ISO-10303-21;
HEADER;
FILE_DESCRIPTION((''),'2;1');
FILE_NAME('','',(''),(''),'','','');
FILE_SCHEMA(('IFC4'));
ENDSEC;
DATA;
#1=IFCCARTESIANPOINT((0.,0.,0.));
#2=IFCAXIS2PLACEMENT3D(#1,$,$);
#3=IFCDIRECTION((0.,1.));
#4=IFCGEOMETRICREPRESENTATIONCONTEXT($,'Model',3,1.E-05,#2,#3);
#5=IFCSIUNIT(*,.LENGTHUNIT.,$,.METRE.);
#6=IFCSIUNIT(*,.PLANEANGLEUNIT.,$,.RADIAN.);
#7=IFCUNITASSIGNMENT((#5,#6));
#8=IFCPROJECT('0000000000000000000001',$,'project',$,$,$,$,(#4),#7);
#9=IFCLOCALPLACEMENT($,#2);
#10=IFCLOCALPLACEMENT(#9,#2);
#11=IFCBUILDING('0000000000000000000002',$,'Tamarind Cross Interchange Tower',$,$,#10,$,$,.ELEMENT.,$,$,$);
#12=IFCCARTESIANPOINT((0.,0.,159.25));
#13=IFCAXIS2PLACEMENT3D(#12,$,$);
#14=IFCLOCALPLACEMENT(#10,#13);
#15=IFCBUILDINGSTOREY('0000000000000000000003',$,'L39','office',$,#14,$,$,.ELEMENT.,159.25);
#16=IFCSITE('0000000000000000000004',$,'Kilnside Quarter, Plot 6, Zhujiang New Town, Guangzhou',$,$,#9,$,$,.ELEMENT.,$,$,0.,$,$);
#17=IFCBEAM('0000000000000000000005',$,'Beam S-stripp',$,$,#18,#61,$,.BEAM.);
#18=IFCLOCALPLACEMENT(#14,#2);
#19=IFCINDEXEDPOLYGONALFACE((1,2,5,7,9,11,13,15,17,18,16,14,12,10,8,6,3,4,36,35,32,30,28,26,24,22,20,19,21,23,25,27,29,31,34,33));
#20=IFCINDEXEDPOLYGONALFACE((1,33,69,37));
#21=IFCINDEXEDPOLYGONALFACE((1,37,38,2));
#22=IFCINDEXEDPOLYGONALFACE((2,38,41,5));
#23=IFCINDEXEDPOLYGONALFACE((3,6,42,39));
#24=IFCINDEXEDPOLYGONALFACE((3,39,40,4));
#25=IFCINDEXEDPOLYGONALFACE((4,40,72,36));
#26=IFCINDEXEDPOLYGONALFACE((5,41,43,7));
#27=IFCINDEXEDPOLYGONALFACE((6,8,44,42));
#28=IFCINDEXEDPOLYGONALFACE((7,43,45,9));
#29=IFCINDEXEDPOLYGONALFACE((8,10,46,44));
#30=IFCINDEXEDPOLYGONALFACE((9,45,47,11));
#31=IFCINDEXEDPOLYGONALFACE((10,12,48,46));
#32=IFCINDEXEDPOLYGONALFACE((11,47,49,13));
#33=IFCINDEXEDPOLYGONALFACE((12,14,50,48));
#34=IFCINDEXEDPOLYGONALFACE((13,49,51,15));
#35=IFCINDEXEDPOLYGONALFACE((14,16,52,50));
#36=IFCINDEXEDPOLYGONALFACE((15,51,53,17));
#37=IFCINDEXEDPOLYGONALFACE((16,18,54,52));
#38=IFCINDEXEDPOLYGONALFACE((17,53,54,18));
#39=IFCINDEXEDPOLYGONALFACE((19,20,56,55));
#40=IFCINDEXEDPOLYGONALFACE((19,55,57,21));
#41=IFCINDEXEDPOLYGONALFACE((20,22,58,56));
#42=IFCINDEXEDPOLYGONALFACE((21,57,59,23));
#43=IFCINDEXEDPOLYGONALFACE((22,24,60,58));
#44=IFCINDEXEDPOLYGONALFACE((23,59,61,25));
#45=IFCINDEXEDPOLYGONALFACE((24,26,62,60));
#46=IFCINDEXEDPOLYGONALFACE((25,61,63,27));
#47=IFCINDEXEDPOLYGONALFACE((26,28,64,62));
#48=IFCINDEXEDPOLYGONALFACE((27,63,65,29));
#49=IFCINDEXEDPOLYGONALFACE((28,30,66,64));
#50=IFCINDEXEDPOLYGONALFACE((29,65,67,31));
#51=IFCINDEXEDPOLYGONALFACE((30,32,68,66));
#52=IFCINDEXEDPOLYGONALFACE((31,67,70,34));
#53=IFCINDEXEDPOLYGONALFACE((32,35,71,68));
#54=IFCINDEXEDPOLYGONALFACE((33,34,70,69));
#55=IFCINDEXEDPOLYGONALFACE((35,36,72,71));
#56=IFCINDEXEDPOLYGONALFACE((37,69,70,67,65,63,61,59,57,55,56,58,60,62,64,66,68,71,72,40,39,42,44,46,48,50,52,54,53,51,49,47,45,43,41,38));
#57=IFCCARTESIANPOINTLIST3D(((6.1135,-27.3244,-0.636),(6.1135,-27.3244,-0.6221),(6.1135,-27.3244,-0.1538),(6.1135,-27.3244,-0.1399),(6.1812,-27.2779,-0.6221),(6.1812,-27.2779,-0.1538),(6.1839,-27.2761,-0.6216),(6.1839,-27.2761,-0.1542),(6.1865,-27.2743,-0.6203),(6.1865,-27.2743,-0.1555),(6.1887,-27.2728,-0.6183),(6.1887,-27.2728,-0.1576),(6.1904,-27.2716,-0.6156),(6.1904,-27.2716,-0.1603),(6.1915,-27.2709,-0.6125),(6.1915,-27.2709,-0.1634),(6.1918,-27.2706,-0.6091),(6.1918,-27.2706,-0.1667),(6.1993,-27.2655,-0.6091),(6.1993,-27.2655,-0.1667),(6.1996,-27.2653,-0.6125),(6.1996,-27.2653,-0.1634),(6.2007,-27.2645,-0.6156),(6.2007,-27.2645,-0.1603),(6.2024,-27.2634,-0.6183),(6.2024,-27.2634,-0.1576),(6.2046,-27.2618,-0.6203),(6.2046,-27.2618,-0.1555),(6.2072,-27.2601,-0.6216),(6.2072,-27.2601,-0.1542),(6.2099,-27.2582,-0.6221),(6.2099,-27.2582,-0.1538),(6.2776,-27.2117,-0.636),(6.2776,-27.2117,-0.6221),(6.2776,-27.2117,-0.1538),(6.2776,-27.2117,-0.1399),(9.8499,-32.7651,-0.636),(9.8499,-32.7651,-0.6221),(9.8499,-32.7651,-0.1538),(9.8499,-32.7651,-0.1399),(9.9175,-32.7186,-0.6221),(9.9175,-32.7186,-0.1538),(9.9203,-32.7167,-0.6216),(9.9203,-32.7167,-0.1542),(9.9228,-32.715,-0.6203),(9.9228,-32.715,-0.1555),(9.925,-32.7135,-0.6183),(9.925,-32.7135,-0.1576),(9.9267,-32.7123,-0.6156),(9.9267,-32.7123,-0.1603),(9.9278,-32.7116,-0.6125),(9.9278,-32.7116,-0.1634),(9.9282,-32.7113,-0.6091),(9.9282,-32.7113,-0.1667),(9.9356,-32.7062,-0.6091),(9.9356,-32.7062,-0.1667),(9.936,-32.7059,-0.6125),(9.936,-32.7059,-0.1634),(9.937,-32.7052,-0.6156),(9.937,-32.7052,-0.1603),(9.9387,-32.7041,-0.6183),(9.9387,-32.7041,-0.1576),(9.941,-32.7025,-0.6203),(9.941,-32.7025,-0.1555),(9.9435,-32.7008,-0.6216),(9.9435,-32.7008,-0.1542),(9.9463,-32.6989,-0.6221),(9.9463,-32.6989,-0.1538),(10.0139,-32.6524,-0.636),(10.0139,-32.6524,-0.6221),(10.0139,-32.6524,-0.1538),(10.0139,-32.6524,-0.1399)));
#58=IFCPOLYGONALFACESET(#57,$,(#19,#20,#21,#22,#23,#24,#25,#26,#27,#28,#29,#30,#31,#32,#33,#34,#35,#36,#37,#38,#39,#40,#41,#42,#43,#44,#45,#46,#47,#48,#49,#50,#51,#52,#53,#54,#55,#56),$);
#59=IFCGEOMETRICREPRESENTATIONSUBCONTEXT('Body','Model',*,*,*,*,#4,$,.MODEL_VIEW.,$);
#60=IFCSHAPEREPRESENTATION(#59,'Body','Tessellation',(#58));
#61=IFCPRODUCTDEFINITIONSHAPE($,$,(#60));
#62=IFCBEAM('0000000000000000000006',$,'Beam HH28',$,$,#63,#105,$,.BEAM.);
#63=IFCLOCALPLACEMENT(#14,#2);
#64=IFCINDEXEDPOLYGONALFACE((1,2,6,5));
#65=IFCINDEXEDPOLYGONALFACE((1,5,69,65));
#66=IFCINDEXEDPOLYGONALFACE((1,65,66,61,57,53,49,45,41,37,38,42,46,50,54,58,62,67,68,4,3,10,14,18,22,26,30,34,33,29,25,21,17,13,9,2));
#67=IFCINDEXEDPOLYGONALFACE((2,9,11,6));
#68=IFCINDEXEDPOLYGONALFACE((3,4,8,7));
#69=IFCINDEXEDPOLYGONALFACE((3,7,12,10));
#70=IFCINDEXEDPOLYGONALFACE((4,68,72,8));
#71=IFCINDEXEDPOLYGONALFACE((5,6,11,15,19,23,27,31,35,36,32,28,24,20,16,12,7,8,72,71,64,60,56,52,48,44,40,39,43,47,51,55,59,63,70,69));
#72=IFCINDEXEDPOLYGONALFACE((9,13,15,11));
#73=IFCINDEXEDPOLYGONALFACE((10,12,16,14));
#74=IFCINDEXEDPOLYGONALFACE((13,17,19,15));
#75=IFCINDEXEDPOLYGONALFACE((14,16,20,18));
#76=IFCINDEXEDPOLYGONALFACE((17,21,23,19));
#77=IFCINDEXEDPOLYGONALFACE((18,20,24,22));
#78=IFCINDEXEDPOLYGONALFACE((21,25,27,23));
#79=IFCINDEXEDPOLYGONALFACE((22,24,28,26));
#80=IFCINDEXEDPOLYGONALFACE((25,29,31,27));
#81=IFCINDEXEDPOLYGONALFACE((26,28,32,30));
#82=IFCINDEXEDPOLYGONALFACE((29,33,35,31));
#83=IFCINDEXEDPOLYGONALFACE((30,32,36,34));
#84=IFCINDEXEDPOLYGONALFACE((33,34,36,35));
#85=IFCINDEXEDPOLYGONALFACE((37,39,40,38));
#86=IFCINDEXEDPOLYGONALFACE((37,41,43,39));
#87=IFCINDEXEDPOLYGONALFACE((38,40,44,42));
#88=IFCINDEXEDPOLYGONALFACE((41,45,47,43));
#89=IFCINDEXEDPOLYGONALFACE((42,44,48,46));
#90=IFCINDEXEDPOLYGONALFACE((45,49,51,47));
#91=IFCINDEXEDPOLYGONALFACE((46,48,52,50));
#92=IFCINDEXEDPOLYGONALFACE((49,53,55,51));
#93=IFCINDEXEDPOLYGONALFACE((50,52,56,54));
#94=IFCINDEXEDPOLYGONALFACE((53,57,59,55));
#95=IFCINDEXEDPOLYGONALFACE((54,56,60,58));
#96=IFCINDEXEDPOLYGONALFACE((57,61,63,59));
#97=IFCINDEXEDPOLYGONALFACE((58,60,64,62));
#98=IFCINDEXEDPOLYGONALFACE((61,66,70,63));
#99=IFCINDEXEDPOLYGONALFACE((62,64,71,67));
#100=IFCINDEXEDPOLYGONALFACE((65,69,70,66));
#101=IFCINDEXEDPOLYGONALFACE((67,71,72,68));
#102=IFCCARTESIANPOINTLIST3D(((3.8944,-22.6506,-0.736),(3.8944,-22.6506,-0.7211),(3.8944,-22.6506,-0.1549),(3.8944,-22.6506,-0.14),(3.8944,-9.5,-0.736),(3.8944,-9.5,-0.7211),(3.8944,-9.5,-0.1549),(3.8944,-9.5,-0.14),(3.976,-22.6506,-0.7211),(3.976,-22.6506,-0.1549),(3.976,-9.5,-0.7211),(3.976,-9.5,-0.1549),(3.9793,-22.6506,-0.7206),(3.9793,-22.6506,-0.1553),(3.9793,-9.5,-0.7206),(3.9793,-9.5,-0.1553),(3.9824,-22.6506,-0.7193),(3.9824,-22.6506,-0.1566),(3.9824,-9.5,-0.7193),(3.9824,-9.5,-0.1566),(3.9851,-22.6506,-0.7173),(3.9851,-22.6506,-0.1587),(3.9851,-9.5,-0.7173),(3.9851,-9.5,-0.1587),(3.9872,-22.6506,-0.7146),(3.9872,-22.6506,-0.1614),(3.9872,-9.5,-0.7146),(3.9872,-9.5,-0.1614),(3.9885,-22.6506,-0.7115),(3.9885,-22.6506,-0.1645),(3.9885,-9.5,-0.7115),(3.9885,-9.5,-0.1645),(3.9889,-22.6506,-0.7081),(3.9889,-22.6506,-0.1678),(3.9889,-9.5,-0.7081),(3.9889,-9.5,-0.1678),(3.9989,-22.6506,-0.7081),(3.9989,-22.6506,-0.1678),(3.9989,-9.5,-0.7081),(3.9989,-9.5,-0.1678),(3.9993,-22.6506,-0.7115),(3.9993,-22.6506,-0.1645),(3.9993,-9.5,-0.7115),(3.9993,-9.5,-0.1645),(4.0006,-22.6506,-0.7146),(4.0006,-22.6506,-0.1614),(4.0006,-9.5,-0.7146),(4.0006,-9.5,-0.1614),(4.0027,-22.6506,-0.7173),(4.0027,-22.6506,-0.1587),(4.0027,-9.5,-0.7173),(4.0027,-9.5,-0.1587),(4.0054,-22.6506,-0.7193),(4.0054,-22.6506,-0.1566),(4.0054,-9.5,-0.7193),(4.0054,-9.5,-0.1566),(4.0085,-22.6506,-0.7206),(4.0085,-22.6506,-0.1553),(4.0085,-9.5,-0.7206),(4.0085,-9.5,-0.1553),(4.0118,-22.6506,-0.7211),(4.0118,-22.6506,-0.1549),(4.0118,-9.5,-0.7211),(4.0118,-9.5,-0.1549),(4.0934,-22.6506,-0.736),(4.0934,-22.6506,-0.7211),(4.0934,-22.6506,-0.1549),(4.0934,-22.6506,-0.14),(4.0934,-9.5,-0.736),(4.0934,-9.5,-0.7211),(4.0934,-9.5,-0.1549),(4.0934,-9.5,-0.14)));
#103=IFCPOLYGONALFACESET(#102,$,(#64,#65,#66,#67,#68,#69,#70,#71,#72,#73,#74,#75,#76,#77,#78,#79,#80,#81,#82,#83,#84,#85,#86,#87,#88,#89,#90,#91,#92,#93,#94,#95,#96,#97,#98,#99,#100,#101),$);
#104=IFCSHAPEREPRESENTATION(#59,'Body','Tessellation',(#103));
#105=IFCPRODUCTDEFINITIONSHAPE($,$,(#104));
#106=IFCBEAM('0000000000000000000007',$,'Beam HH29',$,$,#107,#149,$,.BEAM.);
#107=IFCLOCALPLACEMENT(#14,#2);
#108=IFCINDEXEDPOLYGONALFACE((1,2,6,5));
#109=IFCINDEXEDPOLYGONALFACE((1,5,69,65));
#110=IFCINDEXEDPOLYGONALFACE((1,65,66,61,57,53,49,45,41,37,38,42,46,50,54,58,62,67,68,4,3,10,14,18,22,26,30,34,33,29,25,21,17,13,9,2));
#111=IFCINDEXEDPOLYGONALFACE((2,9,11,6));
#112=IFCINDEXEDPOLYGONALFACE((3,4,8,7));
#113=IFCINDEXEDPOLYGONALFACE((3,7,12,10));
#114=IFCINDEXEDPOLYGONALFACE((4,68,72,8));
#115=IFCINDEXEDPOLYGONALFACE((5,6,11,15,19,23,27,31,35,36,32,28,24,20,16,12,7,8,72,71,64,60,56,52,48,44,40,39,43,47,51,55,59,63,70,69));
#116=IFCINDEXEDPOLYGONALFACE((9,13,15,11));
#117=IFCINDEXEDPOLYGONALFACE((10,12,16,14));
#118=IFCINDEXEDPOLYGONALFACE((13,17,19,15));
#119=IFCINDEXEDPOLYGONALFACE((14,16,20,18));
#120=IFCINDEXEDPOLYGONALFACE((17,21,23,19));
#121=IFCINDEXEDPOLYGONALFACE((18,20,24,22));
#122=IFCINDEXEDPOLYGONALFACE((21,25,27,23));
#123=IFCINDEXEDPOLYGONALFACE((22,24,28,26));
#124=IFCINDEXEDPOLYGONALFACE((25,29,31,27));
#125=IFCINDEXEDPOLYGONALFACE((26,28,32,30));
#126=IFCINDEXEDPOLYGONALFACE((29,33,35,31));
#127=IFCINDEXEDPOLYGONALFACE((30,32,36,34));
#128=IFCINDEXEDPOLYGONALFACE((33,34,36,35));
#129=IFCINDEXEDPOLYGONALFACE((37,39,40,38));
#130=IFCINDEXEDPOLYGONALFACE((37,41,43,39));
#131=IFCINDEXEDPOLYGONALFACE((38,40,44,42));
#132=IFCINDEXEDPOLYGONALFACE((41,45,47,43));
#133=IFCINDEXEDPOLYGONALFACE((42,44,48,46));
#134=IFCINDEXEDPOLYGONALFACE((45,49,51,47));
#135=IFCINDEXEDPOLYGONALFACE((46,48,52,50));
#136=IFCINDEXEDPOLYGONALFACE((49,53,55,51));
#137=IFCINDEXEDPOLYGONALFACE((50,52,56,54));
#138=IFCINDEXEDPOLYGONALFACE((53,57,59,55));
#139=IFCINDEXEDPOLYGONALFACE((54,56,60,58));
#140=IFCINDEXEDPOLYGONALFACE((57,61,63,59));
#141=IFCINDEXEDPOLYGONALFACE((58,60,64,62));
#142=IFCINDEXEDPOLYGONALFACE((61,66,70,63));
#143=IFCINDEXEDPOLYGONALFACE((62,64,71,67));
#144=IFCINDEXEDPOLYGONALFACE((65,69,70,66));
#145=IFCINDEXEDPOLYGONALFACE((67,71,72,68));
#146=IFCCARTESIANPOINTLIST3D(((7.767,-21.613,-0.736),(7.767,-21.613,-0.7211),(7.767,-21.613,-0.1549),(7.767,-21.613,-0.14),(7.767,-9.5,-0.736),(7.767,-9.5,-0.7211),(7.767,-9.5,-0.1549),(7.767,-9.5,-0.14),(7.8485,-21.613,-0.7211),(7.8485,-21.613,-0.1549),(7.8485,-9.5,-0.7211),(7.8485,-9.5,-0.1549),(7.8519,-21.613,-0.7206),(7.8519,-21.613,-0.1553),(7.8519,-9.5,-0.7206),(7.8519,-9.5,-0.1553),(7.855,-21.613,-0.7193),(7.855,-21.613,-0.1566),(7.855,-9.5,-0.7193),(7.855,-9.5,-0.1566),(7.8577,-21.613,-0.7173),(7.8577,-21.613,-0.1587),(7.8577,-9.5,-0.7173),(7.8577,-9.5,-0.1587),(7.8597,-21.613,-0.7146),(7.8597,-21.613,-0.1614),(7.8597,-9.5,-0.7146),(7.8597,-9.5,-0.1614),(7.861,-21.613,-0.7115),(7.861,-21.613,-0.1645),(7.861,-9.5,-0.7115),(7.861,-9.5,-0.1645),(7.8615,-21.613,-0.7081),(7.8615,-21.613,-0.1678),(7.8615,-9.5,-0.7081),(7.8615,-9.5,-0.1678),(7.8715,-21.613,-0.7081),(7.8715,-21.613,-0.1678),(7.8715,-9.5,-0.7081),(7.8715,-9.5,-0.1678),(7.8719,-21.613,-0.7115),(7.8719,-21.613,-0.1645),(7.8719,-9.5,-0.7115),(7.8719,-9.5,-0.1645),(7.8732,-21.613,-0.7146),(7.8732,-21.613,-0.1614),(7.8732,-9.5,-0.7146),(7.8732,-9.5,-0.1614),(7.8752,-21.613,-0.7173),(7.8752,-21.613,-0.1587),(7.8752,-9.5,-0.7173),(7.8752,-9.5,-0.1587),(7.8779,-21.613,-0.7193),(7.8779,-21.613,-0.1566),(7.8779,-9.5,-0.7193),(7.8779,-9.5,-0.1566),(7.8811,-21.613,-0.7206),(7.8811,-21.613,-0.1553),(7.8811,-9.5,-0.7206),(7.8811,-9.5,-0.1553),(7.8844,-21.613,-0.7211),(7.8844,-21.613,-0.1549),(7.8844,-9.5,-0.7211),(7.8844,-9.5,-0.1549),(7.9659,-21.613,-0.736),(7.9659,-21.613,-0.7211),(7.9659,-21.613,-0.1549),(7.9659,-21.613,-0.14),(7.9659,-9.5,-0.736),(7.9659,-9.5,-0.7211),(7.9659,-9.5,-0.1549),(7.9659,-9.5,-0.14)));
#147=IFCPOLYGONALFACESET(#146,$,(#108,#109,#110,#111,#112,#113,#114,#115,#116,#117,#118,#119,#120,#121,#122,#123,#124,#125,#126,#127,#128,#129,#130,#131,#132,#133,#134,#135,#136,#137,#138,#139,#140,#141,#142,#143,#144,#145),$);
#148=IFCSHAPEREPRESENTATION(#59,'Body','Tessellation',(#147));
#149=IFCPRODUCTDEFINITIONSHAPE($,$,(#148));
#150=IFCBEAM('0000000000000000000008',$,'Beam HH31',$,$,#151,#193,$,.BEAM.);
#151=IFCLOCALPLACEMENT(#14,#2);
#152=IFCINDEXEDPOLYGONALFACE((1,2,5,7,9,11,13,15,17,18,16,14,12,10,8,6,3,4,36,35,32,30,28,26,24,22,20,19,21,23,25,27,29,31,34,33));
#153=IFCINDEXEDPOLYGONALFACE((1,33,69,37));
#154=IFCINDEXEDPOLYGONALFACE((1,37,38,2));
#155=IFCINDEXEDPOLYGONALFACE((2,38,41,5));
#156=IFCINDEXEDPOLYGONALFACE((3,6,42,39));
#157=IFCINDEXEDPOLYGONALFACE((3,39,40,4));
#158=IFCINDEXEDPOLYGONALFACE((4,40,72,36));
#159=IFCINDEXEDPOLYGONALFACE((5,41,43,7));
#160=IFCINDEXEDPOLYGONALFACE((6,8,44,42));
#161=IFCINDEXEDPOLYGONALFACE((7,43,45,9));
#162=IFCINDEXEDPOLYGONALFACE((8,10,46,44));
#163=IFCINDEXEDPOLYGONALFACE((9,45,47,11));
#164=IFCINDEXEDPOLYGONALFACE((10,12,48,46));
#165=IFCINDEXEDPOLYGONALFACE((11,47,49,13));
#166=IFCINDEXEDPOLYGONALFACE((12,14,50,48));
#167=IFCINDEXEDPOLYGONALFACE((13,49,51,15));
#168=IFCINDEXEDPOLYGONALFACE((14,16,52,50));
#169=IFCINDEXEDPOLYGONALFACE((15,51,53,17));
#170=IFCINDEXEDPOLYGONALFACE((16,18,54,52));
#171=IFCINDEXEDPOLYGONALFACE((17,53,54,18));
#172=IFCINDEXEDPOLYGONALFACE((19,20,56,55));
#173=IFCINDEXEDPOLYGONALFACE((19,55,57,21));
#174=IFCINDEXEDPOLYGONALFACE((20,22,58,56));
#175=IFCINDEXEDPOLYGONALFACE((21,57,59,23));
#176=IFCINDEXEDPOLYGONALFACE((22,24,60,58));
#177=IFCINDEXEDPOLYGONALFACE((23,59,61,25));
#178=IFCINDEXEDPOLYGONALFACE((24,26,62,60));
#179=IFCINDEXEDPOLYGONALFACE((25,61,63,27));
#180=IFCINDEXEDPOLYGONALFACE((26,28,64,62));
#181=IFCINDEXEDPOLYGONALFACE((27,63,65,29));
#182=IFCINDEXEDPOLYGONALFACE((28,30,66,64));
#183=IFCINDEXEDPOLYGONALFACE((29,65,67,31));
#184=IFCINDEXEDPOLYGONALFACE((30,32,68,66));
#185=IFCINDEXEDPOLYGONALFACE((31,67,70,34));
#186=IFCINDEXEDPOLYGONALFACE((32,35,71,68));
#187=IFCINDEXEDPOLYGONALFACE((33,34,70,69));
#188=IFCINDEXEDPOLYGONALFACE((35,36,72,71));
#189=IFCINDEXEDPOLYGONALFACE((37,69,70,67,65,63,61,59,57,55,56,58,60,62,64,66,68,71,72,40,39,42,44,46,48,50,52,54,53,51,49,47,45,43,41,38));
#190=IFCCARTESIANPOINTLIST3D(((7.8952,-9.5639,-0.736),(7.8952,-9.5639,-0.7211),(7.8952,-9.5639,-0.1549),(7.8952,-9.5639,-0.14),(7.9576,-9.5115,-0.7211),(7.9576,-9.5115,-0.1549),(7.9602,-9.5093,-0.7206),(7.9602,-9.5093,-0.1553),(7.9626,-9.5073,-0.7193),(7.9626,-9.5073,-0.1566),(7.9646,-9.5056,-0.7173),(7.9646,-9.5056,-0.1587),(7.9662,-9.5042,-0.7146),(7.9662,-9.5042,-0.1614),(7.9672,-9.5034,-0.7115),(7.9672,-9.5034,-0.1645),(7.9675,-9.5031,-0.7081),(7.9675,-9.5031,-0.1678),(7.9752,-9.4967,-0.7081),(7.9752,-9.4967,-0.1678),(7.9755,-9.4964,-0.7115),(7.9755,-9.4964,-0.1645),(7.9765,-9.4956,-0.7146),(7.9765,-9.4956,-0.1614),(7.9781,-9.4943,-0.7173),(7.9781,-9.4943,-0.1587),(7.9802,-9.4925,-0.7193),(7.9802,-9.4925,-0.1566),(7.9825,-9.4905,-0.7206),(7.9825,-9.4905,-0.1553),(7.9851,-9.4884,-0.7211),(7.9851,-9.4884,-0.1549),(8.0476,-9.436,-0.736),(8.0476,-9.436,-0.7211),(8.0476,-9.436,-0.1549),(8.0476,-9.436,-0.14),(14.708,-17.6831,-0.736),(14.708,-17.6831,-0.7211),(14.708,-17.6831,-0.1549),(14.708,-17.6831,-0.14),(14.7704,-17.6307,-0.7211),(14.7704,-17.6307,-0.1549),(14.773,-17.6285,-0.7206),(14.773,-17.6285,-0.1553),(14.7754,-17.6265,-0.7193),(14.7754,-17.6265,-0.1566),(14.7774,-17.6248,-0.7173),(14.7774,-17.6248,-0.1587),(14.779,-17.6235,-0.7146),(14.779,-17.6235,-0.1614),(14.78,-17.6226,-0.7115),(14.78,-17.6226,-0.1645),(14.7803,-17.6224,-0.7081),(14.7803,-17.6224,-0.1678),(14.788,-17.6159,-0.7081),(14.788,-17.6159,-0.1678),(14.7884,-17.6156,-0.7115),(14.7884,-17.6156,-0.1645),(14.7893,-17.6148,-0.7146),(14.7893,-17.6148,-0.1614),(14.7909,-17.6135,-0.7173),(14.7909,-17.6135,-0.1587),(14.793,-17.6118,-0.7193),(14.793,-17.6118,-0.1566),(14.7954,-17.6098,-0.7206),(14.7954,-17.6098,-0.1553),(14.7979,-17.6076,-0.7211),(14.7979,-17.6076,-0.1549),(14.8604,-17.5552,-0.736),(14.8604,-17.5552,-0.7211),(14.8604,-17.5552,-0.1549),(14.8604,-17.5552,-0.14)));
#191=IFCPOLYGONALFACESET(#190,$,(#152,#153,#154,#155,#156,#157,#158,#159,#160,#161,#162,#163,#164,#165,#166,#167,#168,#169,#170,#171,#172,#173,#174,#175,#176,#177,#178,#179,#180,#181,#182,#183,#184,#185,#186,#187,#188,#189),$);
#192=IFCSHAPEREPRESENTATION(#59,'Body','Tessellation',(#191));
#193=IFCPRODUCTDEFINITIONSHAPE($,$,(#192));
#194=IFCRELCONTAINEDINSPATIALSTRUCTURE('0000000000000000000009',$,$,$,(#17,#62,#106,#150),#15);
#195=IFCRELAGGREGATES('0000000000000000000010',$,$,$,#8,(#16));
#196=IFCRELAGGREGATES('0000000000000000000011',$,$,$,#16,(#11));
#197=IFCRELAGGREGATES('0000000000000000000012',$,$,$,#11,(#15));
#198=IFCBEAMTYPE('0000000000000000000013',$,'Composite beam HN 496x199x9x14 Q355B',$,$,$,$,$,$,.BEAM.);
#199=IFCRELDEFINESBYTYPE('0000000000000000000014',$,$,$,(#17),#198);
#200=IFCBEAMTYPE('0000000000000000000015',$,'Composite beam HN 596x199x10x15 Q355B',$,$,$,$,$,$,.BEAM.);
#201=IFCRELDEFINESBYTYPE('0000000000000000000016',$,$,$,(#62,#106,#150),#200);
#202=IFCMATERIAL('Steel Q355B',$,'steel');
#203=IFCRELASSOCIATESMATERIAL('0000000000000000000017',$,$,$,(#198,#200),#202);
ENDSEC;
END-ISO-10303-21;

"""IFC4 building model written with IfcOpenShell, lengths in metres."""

from ifc_helpers import new_model, si_unit, direction, frame, origin, origin_2d, place, context, subcontext, project, spatial, i_section, extrude, material, material_profile, profile_set, type_object, element, save


model = new_model("IFC4")

# Units and contexts
model_context = context("Model", 3, precision=1e-05, world=origin(), true_north=direction((0.0, 1.0)))
body_context = subcontext(model_context, "Body", "Model", "MODEL_VIEW")
ifc_project = project(units=[si_unit("LENGTHUNIT", "METRE"), si_unit("PLANEANGLEUNIT", "RADIAN")], contexts=[model_context])

# Site, building, storey
site_placement = place(None, origin())
site = spatial("IfcSite", under=ifc_project, at=site_placement, Name="Kilnside Quarter, Plot 6, Zhujiang New Town, Guangzhou", CompositionType="ELEMENT", RefElevation=0.0)
building_placement = place(site_placement, origin())
building = spatial("IfcBuilding", under=site, at=building_placement, Name="Tamarind Cross Interchange Tower", CompositionType="ELEMENT")
storey_placement = place(building_placement, frame((0.0, 0.0, 159.25)))
storey = spatial("IfcBuildingStorey", under=building, at=storey_placement, Name="L39", Description="office", CompositionType="ELEMENT", Elevation=159.25)

# Beams
ifc_material_1 = material(Name="Steel Q355B", Category="steel")
ifc_material_profile_1 = material_profile(ifc_material_1, i_section(OverallWidth=0.199, OverallDepth=0.4961, WebThickness=0.009, FlangeThickness=0.0139, FilletRadius=0.0129, at=origin_2d()), Name="HN 496x199x9x14")
ifc_profile_set_1 = profile_set([ifc_material_profile_1], Name="Steel Q355B")
beam_type_1 = type_object("IfcBeamType", Name="Composite beam HN 496x199x9x14 Q355B", PredefinedType="BEAM", material=ifc_profile_set_1)
for number, where, z_axis, x_axis, name in (
    (1, (6.1956, -27.2681, -0.3879), (0.566103, -0.824334, 0.0), (0.824334, 0.566103, 0.0), "Beam S-stripp"),
):
    element("IfcBeam", number, at=place(storey_placement, frame(where, z_axis=z_axis, x_axis=x_axis)), inside=storey, type_object=beam_type_1, Name=name, PredefinedType="BEAM", context=body_context, shape_type="SweptSolid", body=[
        extrude(i_section(OverallWidth=0.199, OverallDepth=0.4961, WebThickness=0.009, FlangeThickness=0.0139, FilletRadius=0.0129, at=origin_2d()), origin(), (0.0, 0.0, 1.0), 6.6001),
    ])
ifc_material_profile_2 = material_profile(ifc_material_1, i_section(OverallWidth=0.199, OverallDepth=0.5959, WebThickness=0.01, FlangeThickness=0.0149, FilletRadius=0.0129, at=origin_2d()), Name="HN 596x199x10x15")
ifc_profile_set_2 = profile_set([ifc_material_profile_2], Name="Steel Q355B")
beam_type_2 = type_object("IfcBeamType", Name="Composite beam HN 596x199x10x15 Q355B", PredefinedType="BEAM", material=ifc_profile_set_2)
beam_1_placement = place(storey_placement, frame((3.9939, -22.6506, -0.438), z_axis=(0.0, 1.0, 0.0), x_axis=(-1.0, 0.0, 0.0)))
element("IfcBeam", 2, at=beam_1_placement, inside=storey, type_object=beam_type_2, Name="Beam HH28", PredefinedType="BEAM", context=body_context, shape_type="SweptSolid", body=[
    extrude(i_section(OverallWidth=0.199, OverallDepth=0.5959, WebThickness=0.01, FlangeThickness=0.0149, FilletRadius=0.0129, at=origin_2d()), origin(), (0.0, 0.0, 1.0), 13.1506),
])
beam_2_placement = place(storey_placement, frame((7.8665, -21.613, -0.438), z_axis=(0.0, 1.0, 0.0), x_axis=(-1.0, 0.0, 0.0)))
element("IfcBeam", 3, at=beam_2_placement, inside=storey, type_object=beam_type_2, Name="Beam HH29", PredefinedType="BEAM", context=body_context, shape_type="SweptSolid", body=[
    extrude(i_section(OverallWidth=0.199, OverallDepth=0.5959, WebThickness=0.01, FlangeThickness=0.0149, FilletRadius=0.0129, at=origin_2d()), origin(), (0.0, 0.0, 1.0), 12.113),
])
beam_3_placement = place(storey_placement, frame((14.7842, -17.6191, -0.438), z_axis=(-0.642786, 0.766046, 0.0), x_axis=(-0.766046, -0.642786, 0.0)))
element("IfcBeam", 4, at=beam_3_placement, inside=storey, type_object=beam_type_2, Name="Beam HH31", PredefinedType="BEAM", context=body_context, shape_type="SweptSolid", body=[
    extrude(i_section(OverallWidth=0.199, OverallDepth=0.5959, WebThickness=0.01, FlangeThickness=0.0149, FilletRadius=0.0129, at=origin_2d()), origin(), (0.0, 0.0, 1.0), 10.5989),
])

save(model, "model.ifc")
